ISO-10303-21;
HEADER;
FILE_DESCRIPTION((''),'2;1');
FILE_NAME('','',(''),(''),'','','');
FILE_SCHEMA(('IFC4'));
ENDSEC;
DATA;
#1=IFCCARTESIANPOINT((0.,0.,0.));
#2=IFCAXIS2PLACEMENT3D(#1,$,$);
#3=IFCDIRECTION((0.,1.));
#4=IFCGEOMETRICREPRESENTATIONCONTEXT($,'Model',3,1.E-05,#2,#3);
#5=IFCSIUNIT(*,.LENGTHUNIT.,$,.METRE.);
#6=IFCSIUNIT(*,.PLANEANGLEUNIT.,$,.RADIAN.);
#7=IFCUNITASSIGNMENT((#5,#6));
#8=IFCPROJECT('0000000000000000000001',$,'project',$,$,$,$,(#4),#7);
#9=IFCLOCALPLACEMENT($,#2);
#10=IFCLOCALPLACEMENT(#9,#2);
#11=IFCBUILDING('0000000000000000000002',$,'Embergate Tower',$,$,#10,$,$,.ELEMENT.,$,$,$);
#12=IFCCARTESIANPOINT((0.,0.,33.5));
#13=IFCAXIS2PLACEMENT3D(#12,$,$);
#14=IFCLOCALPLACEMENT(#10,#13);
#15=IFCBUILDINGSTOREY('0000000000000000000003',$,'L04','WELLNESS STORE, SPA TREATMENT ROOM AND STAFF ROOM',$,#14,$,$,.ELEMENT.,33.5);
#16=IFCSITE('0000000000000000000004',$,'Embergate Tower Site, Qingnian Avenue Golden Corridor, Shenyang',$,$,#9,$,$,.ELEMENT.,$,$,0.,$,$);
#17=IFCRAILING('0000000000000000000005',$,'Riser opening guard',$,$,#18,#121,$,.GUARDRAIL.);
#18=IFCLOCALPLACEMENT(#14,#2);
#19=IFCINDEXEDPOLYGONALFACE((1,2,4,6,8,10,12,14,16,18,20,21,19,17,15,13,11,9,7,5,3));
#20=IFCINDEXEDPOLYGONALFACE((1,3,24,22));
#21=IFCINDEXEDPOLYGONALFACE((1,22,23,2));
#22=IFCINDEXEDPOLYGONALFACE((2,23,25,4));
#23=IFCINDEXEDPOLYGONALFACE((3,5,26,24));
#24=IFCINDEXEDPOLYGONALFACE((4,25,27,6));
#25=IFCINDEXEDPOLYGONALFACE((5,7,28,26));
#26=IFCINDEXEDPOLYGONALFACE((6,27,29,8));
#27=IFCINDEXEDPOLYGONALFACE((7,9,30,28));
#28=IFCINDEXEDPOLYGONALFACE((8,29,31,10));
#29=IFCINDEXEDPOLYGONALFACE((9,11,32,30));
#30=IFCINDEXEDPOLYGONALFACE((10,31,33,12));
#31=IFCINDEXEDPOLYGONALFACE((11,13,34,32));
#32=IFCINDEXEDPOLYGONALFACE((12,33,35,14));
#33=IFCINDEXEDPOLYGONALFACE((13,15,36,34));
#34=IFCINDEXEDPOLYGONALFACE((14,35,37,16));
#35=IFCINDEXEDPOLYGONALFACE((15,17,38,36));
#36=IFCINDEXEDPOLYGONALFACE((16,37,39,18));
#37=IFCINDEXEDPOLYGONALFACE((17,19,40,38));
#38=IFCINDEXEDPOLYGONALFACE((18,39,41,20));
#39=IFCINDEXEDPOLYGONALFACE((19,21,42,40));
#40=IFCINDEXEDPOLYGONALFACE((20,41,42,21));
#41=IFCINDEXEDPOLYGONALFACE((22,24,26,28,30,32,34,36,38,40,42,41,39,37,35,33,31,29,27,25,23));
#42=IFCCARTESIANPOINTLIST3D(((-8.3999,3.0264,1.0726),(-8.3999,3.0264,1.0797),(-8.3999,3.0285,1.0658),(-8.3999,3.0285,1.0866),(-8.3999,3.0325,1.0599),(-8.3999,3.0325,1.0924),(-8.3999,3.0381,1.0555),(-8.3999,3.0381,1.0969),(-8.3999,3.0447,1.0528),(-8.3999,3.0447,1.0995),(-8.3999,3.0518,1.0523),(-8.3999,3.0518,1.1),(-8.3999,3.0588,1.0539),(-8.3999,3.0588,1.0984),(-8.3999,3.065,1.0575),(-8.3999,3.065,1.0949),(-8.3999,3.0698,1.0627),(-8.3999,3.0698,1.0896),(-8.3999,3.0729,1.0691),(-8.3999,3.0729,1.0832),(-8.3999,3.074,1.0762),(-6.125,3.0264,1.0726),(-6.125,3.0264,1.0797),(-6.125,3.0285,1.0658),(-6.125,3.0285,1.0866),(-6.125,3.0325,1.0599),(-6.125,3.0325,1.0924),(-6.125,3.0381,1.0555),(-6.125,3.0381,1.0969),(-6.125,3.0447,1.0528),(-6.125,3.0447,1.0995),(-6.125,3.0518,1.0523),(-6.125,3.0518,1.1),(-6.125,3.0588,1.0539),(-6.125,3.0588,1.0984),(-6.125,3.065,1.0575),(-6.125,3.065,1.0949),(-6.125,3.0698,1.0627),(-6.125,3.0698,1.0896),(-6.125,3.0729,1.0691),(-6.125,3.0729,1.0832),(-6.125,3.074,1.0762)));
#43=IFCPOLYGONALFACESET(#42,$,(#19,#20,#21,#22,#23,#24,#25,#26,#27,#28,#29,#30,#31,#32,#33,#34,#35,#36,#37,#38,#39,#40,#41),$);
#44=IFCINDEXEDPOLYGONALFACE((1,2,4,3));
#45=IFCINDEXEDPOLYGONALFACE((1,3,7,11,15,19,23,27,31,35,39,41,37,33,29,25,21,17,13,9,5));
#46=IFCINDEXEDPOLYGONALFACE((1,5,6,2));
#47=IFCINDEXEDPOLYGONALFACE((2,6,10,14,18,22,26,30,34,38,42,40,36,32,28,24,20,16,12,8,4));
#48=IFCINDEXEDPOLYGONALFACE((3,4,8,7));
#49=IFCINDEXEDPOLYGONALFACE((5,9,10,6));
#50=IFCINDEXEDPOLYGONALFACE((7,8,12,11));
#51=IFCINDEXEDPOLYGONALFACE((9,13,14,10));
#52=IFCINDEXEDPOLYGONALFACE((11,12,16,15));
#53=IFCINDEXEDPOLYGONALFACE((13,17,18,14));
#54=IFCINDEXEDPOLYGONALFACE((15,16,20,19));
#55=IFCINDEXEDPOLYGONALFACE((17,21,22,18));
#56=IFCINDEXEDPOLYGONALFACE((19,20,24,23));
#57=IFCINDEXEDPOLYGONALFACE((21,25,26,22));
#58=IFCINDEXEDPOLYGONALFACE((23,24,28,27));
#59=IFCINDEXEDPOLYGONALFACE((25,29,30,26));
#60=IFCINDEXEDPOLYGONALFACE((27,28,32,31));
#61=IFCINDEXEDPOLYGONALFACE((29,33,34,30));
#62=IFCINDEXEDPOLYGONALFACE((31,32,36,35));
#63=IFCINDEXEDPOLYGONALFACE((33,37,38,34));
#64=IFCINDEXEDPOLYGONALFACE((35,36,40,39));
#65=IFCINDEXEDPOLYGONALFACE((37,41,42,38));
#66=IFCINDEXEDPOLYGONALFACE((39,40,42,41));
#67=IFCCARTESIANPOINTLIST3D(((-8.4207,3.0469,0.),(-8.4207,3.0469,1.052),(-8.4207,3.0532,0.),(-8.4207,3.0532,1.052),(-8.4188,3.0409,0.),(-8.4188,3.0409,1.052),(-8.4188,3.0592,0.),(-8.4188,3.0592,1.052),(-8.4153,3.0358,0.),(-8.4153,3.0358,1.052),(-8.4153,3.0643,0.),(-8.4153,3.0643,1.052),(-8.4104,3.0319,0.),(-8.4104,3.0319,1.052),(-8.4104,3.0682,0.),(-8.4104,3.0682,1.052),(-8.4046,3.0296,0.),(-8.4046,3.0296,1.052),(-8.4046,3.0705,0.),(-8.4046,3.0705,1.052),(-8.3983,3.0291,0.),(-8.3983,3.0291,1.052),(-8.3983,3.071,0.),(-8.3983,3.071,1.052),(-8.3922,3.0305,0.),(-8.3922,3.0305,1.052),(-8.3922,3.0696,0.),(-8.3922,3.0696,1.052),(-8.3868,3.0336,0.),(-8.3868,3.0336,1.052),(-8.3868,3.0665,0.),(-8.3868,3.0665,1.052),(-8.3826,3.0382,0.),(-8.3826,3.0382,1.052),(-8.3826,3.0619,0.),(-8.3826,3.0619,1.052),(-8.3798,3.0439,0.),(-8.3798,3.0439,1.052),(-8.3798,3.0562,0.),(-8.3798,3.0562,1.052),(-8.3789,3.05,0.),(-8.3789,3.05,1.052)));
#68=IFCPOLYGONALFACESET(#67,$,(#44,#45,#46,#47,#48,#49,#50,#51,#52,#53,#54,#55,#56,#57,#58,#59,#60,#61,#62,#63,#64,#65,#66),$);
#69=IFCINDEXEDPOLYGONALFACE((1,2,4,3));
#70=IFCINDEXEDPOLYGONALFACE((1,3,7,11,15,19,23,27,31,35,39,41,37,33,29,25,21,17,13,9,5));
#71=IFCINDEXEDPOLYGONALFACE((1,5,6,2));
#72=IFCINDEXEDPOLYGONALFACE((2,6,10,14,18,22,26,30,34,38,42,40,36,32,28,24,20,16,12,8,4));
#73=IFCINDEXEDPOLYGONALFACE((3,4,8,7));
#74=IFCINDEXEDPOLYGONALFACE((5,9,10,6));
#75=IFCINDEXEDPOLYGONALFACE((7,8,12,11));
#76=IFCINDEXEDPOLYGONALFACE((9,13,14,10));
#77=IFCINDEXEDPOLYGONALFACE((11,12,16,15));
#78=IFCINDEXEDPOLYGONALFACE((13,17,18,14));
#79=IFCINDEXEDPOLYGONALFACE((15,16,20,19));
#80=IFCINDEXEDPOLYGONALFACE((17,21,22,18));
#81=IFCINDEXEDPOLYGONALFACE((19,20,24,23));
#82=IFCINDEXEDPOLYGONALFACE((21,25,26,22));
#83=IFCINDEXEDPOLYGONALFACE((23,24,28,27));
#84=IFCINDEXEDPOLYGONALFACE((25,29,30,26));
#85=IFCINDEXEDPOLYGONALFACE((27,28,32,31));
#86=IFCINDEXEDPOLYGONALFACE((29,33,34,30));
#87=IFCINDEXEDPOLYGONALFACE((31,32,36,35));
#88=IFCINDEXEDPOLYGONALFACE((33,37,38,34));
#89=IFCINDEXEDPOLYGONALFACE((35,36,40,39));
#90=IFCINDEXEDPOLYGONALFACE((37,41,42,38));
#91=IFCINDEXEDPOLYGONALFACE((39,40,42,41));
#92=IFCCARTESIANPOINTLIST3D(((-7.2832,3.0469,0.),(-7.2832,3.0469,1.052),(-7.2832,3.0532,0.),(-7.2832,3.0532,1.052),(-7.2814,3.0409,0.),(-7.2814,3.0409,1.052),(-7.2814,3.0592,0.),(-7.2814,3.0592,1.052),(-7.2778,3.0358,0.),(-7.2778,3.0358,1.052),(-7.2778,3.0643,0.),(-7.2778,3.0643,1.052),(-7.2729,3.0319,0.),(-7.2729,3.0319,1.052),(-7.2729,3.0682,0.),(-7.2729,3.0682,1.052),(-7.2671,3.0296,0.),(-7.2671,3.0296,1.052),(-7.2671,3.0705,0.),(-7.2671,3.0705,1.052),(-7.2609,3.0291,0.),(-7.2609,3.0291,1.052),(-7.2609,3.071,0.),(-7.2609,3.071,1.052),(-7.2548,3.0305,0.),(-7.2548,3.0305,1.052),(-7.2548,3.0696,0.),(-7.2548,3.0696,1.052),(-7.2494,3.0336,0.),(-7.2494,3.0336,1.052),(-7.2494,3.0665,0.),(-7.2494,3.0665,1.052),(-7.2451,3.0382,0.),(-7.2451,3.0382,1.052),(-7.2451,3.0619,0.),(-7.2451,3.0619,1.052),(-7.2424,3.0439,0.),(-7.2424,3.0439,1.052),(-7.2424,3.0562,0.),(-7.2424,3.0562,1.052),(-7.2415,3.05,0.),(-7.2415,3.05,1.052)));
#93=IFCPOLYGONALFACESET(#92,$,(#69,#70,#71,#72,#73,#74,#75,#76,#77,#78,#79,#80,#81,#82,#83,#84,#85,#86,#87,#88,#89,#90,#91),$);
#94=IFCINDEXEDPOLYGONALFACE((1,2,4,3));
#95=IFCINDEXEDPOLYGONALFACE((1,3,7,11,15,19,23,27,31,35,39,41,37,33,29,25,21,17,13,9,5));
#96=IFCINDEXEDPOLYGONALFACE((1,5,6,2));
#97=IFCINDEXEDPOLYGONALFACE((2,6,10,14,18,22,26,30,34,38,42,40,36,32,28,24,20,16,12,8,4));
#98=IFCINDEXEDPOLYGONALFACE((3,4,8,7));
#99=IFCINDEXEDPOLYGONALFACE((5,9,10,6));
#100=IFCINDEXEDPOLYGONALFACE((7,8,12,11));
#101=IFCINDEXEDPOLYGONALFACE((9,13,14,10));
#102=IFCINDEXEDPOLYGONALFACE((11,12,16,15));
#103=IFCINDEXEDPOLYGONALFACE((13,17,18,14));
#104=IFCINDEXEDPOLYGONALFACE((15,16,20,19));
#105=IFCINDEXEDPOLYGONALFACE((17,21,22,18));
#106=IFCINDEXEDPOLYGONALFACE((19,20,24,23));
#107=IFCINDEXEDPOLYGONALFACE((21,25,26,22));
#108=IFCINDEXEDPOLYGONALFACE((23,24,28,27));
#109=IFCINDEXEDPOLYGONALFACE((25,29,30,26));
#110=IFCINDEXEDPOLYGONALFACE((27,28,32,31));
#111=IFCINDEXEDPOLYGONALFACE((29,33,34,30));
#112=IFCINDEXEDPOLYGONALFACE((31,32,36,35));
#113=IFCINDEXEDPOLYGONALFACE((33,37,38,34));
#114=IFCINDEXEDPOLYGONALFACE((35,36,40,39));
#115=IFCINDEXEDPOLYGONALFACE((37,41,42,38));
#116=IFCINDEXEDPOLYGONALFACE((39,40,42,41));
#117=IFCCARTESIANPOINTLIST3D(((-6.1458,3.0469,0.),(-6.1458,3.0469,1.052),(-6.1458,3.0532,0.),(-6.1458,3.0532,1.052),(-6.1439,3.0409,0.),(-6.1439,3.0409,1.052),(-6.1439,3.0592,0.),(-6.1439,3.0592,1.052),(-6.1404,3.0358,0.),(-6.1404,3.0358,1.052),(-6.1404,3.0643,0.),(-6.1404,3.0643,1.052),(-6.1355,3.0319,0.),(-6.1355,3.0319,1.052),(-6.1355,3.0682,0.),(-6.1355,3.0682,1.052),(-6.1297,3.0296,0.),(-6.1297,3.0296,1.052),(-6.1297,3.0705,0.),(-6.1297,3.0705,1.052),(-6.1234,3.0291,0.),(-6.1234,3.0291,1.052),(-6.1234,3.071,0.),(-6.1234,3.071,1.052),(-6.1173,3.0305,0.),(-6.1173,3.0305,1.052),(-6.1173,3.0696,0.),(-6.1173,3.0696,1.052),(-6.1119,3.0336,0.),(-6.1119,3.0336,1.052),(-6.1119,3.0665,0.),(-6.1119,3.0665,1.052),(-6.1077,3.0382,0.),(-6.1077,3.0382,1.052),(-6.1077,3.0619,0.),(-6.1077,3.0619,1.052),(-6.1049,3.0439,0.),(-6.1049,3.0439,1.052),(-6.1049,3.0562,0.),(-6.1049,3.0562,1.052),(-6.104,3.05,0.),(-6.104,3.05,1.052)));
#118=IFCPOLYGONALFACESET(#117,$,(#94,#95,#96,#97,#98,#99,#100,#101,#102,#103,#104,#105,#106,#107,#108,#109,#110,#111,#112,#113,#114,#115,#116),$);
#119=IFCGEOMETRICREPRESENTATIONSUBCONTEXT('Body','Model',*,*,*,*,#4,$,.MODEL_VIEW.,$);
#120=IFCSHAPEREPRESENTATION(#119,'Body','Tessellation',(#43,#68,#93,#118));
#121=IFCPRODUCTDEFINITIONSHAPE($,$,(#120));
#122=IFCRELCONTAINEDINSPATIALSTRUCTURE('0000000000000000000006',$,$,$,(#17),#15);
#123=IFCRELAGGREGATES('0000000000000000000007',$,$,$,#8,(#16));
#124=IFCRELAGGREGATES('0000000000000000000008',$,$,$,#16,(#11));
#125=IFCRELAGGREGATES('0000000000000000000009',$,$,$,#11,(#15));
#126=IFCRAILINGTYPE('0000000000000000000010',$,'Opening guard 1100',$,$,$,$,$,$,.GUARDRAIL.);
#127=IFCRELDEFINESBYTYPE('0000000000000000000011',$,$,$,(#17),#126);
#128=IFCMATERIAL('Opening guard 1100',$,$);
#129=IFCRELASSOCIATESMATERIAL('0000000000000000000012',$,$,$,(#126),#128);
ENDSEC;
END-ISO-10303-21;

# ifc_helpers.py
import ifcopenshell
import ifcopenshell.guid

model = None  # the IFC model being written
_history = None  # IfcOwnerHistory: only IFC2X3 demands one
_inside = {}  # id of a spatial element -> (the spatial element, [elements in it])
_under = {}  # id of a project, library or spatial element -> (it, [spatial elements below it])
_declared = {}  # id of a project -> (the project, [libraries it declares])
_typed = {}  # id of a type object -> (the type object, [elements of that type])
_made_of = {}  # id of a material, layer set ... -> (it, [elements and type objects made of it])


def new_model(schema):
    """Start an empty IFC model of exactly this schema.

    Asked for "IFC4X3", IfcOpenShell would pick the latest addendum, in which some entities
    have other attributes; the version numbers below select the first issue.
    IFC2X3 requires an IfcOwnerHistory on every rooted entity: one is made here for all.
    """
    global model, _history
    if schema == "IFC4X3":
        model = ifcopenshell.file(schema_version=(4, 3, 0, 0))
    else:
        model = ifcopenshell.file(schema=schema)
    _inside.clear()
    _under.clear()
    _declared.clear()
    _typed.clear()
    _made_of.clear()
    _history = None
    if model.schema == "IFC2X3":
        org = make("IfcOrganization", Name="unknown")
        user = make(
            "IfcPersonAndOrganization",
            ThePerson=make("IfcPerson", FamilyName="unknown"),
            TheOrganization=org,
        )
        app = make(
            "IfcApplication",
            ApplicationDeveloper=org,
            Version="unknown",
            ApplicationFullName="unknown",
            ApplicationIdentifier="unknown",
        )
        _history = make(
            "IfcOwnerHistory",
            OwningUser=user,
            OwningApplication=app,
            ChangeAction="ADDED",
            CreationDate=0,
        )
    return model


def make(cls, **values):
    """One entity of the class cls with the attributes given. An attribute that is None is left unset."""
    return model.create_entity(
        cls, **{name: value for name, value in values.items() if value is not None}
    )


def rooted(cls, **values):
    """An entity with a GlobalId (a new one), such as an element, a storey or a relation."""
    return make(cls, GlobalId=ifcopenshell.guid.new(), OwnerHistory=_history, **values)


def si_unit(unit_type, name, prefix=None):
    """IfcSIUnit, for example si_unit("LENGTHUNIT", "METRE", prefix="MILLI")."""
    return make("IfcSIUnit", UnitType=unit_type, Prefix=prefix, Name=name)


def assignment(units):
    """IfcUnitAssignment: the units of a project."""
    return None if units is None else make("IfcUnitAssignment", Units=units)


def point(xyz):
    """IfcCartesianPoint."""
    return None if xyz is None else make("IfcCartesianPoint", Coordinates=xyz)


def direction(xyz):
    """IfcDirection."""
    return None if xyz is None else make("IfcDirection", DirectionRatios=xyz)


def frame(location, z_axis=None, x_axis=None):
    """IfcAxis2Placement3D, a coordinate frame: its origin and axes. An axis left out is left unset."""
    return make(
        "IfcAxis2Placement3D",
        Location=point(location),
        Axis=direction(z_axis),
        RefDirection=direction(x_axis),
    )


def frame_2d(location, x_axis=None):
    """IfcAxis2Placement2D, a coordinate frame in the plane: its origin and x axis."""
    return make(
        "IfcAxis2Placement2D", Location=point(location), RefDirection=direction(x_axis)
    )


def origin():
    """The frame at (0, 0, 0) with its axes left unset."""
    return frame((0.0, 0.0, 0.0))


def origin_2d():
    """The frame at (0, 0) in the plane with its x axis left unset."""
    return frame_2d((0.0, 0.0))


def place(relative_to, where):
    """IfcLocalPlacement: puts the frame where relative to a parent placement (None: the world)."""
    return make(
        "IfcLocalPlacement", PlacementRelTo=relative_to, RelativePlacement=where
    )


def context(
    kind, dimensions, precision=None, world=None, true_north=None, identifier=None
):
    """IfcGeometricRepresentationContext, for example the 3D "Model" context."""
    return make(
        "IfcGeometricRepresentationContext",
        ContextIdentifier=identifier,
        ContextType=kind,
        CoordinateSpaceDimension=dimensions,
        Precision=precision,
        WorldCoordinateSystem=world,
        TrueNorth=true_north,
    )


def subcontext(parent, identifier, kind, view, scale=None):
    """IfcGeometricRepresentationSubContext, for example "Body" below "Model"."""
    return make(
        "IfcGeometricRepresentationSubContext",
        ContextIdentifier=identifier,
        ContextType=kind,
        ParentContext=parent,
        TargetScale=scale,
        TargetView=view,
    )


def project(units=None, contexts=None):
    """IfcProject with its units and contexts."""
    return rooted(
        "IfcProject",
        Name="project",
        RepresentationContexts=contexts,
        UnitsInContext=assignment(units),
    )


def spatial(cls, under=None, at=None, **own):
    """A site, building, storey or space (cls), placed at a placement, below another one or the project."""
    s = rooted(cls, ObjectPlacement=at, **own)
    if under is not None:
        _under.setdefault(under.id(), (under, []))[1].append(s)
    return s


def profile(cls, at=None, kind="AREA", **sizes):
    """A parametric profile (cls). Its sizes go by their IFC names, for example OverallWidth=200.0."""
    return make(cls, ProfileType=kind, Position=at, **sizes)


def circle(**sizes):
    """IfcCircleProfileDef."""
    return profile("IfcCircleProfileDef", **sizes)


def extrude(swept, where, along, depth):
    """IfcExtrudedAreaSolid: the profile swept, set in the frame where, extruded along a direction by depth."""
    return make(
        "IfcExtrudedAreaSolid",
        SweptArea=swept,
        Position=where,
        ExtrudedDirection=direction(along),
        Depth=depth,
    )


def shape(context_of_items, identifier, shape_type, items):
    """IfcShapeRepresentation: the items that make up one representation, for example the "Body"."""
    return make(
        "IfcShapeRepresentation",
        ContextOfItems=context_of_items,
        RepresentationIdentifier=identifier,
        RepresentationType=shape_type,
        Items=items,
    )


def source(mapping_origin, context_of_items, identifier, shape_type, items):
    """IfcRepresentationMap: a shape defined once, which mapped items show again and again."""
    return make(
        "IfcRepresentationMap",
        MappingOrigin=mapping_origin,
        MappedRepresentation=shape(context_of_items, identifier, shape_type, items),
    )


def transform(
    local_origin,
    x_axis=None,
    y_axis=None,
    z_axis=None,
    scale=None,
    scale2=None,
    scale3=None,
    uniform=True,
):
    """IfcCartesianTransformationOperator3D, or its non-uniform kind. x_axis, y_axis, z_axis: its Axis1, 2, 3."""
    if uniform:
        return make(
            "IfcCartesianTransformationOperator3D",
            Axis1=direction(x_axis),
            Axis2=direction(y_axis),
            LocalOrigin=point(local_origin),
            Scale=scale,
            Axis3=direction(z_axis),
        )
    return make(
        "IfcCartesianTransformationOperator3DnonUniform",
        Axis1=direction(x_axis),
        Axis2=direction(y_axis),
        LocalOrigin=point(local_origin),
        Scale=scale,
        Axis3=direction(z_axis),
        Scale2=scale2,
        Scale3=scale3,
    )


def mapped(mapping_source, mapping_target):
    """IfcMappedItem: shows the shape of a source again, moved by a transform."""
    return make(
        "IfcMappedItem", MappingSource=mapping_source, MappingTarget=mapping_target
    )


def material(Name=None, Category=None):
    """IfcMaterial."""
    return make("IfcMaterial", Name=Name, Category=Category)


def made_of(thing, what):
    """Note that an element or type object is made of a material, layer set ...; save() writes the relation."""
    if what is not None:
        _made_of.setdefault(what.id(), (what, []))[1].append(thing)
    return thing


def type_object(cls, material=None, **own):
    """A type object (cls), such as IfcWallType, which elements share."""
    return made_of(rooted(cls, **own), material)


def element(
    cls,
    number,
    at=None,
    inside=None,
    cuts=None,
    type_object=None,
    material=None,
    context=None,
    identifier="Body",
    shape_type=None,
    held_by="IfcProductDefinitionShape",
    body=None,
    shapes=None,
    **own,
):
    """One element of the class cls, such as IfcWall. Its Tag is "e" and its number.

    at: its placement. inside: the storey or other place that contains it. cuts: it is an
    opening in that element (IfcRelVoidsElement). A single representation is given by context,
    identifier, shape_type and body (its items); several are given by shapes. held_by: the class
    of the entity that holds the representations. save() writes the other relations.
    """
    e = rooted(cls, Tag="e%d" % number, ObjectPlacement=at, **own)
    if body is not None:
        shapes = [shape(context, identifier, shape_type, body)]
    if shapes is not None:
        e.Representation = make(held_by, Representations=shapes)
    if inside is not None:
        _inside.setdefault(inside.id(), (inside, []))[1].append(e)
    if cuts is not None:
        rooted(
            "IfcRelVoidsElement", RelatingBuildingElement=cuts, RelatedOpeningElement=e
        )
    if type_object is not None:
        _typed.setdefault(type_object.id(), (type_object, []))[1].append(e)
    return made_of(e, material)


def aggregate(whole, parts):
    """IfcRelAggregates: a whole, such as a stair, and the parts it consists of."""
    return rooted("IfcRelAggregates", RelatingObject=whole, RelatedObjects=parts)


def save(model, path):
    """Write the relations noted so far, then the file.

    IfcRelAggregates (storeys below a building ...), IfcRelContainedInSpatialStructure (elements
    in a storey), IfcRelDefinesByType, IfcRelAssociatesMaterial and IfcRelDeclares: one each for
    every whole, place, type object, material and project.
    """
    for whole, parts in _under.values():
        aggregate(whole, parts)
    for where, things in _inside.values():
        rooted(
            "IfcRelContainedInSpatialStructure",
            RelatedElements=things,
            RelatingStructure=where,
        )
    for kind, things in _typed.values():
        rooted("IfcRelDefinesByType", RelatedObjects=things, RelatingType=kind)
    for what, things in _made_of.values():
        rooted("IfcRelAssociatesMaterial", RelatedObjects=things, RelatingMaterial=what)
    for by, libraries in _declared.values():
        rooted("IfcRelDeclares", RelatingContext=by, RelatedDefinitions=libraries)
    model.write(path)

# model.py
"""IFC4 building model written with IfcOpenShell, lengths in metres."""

from ifc_helpers import new_model, si_unit, direction, frame, origin, origin_2d, place, context, subcontext, project, spatial, circle, extrude, source, transform, mapped, material, type_object, element, save


model = new_model("IFC4")

# Units and contexts
model_context = context("Model", 3, precision=1e-05, world=origin(), true_north=direction((0.0, 1.0)))
body_context = subcontext(model_context, "Body", "Model", "MODEL_VIEW")
ifc_project = project(units=[si_unit("LENGTHUNIT", "METRE"), si_unit("PLANEANGLEUNIT", "RADIAN")], contexts=[model_context])

# Site, building, storey
site_placement = place(None, origin())
site = spatial("IfcSite", under=ifc_project, at=site_placement, Name="Embergate Tower Site, Qingnian Avenue Golden Corridor, Shenyang", CompositionType="ELEMENT", RefElevation=0.0)
building_placement = place(site_placement, origin())
building = spatial("IfcBuilding", under=site, at=building_placement, Name="Embergate Tower", CompositionType="ELEMENT")
storey_placement = place(building_placement, frame((0.0, 0.0, 33.5)))
storey = spatial("IfcBuildingStorey", under=building, at=storey_placement, Name="L04", Description="WELLNESS STORE, SPA TREATMENT ROOM AND STAFF ROOM", CompositionType="ELEMENT", Elevation=33.5)

# Railing
ifc_material_1 = material(Name="Opening guard 1100")
railing_type_1 = type_object("IfcRailingType", Name="Opening guard 1100", PredefinedType="GUARDRAIL", material=ifc_material_1)
shared_shape_1 = source(origin(), body_context, "Body", "SweptSolid", [
    extrude(circle(Radius=0.0239, at=origin_2d()), frame((0.0, 0.0, 1.0762), z_axis=(1.0, 0.0, 0.0), x_axis=(0.0, 1.0, 0.0)), (0.0, 0.0, 1.0), 2.2749),
    extrude(circle(Radius=0.021, at=origin_2d()), origin(), (0.0, 0.0, 1.0), 1.052),
    extrude(circle(Radius=0.021, at=origin_2d()), frame((1.1375, 0.0, 0.0)), (0.0, 0.0, 1.0), 1.052),
    extrude(circle(Radius=0.021, at=origin_2d()), frame((2.2749, 0.0, 0.0)), (0.0, 0.0, 1.0), 1.052),
])
railing_1_placement = place(storey_placement, frame((-8.3999, 3.05, 0.0)))
element("IfcRailing", 1, at=railing_1_placement, inside=storey, type_object=railing_type_1, Name="Riser opening guard", PredefinedType="GUARDRAIL", context=body_context, shape_type="MappedRepresentation", body=[
    mapped(shared_shape_1, transform((0.0, 0.0, 0.0))),
])

save(model, "model.ifc")
